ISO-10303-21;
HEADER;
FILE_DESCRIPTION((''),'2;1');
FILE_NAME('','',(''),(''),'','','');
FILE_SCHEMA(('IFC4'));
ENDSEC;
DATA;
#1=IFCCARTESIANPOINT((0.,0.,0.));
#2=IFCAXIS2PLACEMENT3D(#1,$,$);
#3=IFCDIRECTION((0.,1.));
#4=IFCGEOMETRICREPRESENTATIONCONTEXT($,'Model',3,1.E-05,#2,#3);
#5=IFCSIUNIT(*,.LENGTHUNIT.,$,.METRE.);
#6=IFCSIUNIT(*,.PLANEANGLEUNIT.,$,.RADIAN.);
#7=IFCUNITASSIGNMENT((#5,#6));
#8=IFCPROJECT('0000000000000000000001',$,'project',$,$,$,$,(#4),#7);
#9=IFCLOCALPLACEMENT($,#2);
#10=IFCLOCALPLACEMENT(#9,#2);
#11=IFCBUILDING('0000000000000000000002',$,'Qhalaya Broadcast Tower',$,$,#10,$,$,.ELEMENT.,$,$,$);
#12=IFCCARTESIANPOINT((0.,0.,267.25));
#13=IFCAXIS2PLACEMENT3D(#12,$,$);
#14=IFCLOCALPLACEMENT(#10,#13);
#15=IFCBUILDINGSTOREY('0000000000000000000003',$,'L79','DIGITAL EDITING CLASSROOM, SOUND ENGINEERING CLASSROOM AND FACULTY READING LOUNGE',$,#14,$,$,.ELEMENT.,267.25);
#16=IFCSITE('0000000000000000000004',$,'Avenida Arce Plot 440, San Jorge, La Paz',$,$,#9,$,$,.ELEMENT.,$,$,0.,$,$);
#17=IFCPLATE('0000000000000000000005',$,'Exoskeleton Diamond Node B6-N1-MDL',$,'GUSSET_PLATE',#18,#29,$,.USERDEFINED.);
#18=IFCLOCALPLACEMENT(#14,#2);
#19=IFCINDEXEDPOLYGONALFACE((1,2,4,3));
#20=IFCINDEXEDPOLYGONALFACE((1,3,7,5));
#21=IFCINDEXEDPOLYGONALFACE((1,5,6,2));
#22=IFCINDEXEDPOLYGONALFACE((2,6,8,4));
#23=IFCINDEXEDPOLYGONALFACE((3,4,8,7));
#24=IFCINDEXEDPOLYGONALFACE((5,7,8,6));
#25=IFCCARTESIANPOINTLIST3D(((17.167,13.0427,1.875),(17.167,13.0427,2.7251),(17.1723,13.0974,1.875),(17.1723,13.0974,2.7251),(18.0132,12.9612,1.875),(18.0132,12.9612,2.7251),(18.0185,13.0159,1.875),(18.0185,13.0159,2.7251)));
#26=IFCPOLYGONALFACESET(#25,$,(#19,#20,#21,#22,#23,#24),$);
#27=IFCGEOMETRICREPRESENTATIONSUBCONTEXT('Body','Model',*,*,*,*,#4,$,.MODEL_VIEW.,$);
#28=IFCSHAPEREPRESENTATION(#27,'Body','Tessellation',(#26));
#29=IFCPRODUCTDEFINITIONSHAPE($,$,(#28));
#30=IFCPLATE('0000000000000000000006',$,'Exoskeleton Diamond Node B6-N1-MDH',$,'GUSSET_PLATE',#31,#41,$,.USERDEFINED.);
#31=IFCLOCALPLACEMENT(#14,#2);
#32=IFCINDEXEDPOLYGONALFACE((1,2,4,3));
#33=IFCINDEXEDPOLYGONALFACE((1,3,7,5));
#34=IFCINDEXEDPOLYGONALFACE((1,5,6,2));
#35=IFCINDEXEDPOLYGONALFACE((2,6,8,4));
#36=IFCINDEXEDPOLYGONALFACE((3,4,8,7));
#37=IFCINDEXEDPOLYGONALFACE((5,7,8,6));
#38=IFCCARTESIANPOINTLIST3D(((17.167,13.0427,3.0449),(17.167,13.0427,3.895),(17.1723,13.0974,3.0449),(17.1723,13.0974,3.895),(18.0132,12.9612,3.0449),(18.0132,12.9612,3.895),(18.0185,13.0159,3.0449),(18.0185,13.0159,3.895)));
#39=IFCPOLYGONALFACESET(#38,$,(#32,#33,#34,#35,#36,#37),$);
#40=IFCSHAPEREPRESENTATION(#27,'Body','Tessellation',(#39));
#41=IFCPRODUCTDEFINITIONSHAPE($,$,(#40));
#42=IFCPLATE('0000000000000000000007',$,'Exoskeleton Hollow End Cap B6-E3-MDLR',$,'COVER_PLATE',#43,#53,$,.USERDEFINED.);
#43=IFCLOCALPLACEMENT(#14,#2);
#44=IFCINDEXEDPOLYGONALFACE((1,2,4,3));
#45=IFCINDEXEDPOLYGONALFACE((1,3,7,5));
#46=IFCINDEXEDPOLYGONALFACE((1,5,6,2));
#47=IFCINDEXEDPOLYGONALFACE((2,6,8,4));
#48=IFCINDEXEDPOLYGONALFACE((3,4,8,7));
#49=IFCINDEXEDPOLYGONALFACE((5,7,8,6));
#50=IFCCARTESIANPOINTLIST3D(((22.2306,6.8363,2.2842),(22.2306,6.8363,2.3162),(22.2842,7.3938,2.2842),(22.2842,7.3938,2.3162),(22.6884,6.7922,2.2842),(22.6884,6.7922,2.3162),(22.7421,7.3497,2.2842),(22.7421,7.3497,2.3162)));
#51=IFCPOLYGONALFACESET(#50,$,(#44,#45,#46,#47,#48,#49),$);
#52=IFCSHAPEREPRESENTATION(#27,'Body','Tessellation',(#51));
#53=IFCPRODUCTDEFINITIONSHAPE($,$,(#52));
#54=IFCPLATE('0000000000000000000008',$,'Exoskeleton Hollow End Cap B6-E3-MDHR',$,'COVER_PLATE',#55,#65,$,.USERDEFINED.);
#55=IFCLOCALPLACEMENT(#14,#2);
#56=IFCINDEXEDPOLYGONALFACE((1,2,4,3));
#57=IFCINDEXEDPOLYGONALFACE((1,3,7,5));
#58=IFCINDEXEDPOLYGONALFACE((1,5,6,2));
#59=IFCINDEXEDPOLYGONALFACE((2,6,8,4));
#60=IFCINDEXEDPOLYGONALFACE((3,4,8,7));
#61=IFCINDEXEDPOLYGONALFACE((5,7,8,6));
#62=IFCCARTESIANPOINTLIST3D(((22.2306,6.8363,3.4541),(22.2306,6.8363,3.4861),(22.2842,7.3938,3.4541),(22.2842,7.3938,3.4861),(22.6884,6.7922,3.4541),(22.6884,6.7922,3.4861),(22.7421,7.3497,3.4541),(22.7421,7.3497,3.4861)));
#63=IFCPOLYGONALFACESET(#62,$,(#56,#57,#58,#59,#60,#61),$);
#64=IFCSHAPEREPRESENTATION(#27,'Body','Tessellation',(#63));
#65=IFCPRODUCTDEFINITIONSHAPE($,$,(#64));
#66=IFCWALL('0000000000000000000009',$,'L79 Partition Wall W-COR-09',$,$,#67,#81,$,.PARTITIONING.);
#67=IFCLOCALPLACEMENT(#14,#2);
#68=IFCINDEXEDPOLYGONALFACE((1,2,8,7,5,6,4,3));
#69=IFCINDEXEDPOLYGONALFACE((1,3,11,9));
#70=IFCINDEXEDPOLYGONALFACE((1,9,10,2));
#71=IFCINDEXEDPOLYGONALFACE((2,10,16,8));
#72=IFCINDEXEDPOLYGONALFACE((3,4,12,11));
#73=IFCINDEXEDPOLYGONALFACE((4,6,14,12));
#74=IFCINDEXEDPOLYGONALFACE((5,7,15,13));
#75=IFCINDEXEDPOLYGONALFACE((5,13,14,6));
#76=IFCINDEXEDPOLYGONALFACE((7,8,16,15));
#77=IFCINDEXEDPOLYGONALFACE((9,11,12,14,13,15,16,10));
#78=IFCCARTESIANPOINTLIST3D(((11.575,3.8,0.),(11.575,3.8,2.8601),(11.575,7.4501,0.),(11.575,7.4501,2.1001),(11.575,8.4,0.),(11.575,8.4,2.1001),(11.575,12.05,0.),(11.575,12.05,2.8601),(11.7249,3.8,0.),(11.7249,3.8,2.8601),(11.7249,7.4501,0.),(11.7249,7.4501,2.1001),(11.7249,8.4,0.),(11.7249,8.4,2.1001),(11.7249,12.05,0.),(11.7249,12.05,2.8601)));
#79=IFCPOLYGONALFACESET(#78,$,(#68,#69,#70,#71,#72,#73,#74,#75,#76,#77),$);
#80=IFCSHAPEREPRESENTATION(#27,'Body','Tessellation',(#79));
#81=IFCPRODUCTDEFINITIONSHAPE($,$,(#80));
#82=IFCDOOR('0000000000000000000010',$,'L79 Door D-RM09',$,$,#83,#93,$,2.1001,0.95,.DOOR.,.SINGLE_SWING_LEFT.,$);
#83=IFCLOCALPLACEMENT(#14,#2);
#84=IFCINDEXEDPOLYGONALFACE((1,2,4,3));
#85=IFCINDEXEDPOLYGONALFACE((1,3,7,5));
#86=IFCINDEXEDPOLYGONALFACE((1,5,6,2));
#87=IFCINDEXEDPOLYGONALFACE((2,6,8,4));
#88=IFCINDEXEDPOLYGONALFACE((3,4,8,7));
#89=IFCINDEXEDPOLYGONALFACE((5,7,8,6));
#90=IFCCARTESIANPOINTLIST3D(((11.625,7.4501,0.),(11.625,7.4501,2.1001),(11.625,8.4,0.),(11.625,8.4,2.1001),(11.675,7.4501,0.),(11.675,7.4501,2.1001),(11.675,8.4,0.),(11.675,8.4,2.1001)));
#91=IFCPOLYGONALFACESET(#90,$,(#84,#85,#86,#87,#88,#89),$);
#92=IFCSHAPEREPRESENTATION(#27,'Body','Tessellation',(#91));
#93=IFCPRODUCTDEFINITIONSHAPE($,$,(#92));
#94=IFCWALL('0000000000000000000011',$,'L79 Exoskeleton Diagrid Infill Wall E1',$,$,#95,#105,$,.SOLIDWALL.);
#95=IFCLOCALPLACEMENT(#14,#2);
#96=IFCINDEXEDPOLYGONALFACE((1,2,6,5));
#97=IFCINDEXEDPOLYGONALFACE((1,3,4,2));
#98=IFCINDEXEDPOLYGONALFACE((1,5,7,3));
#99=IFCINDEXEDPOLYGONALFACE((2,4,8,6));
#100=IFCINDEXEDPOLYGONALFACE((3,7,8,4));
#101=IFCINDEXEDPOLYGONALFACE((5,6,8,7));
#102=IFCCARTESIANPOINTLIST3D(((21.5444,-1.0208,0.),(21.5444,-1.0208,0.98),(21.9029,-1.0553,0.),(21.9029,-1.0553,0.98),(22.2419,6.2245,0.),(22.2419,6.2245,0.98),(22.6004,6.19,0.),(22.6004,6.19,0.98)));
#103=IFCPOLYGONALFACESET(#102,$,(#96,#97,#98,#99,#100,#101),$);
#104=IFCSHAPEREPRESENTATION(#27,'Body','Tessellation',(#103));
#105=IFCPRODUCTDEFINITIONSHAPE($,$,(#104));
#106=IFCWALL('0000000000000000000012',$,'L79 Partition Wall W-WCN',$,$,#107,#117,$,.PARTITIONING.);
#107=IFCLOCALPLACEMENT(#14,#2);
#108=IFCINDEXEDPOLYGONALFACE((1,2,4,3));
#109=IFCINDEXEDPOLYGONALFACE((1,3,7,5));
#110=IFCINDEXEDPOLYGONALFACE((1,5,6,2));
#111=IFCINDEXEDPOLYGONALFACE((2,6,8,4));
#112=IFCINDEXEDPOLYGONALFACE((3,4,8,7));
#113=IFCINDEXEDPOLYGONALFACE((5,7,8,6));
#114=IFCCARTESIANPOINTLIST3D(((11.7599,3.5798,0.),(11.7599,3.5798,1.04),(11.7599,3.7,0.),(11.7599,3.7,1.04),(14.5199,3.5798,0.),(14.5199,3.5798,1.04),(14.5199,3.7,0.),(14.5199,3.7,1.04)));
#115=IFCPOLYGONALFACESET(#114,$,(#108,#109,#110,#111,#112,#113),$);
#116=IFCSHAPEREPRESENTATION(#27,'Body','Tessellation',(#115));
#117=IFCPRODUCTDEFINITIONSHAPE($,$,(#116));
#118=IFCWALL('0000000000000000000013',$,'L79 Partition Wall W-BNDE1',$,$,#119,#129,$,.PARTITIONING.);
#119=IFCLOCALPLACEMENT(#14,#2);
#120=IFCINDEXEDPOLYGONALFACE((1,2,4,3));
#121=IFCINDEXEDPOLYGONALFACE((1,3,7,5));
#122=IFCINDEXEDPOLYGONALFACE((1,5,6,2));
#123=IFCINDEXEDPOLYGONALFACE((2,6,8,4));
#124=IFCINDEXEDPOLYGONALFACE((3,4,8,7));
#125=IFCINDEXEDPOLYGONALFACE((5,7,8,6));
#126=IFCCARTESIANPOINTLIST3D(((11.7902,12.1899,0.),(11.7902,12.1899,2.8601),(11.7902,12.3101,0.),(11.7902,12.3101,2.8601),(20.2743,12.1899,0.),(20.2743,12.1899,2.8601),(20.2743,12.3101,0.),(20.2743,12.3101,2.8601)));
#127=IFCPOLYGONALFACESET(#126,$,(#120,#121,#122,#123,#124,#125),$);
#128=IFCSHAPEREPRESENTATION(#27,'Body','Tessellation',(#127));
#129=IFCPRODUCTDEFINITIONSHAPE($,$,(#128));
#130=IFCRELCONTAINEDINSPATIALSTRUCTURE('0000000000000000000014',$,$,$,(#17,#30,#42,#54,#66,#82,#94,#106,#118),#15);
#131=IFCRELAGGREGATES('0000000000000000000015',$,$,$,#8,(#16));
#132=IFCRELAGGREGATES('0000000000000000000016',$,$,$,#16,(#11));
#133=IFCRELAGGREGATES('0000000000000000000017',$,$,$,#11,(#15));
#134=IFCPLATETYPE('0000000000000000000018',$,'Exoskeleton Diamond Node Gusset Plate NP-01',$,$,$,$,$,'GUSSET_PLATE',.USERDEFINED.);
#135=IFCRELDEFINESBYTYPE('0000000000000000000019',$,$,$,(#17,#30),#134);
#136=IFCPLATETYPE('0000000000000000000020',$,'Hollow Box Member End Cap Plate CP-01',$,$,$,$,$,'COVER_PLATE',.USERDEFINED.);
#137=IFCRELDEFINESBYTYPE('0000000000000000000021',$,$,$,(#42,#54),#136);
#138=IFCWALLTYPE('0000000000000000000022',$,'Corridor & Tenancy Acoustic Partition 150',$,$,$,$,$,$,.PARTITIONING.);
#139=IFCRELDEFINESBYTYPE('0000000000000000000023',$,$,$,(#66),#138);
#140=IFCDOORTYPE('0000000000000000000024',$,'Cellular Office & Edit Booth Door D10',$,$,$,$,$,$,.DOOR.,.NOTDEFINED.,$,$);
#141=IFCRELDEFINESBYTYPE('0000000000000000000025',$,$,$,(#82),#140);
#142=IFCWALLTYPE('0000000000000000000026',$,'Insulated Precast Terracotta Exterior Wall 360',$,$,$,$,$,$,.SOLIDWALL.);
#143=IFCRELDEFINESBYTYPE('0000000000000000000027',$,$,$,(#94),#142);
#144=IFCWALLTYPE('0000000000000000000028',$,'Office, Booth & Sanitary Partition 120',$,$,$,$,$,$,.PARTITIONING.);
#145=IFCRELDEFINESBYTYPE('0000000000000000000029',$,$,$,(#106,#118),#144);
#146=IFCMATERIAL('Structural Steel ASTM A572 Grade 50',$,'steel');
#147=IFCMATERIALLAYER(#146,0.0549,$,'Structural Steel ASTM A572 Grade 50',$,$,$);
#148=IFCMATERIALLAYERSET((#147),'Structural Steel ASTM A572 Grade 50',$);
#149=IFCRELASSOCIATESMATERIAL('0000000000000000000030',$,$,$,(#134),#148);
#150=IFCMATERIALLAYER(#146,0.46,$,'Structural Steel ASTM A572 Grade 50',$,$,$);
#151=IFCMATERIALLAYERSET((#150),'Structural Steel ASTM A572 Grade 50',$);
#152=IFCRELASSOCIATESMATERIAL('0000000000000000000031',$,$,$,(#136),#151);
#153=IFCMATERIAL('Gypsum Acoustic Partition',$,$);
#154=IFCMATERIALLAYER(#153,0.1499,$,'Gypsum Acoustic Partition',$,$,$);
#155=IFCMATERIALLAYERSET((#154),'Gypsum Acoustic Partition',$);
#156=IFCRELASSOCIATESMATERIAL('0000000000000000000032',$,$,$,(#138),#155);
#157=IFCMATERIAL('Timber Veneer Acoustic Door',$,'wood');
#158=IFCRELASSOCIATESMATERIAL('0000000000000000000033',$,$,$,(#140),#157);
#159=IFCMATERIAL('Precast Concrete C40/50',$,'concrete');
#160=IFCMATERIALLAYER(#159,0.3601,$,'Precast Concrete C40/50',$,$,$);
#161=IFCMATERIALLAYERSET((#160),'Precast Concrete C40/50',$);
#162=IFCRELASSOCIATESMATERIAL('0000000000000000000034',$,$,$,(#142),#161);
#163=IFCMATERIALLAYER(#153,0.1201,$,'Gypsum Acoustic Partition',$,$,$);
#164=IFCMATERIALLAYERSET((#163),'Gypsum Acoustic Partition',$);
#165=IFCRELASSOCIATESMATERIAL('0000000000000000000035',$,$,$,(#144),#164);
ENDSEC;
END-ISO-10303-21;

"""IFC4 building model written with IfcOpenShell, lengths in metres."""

from ifc_helpers import new_model, si_unit, direction, frame, frame_2d, origin, origin_2d, place, context, subcontext, project, spatial, rectangle, extrude, material, layer, layer_set, type_object, element, fill, save


model = new_model("IFC4")

# Units and contexts
model_context = context("Model", 3, precision=1e-05, world=origin(), true_north=direction((0.0, 1.0)))
body_context = subcontext(model_context, "Body", "Model", "MODEL_VIEW")
ifc_project = project(units=[si_unit("LENGTHUNIT", "METRE"), si_unit("PLANEANGLEUNIT", "RADIAN")], contexts=[model_context])

# Site, building, storey
site_placement = place(None, origin())
site = spatial("IfcSite", under=ifc_project, at=site_placement, Name="Avenida Arce Plot 440, San Jorge, La Paz", CompositionType="ELEMENT", RefElevation=0.0)
building_placement = place(site_placement, origin())
building = spatial("IfcBuilding", under=site, at=building_placement, Name="Qhalaya Broadcast Tower", CompositionType="ELEMENT")
storey_placement = place(building_placement, frame((0.0, 0.0, 267.25)))
storey = spatial("IfcBuildingStorey", under=building, at=storey_placement, Name="L79", Description="DIGITAL EDITING CLASSROOM, SOUND ENGINEERING CLASSROOM AND FACULTY READING LOUNGE", CompositionType="ELEMENT", Elevation=267.25)

# Shared definitions
ifc_material_1 = material(Name="Structural Steel ASTM A572 Grade 50", Category="steel")

# Plates
ifc_layer_1 = layer(ifc_material_1, 0.0549, Name="Structural Steel ASTM A572 Grade 50")
ifc_layer_set_1 = layer_set([ifc_layer_1], Name="Structural Steel ASTM A572 Grade 50")
plate_type_1 = type_object("IfcPlateType", Name="Exoskeleton Diamond Node Gusset Plate NP-01", ElementType="GUSSET_PLATE", PredefinedType="USERDEFINED", material=ifc_layer_set_1)
for number, where, z_axis, x_axis, name in (
    (1, (17.5928, 13.0293, 1.875), (0.0, 0.0, 1.0), (0.995396, -0.095846, 0.0), "Exoskeleton Diamond Node B6-N1-MDL"),
    (2, (17.5928, 13.0293, 3.0449), (0.0, 0.0, 1.0), (0.995396, -0.095846, 0.0), "Exoskeleton Diamond Node B6-N1-MDH"),
):
    element("IfcPlate", number, at=place(storey_placement, frame(where, z_axis=z_axis, x_axis=x_axis)), inside=storey, type_object=plate_type_1, Name=name, ObjectType="GUSSET_PLATE", PredefinedType="USERDEFINED", context=body_context, shape_type="SweptSolid", body=[
        extrude(rectangle(XDim=0.8501, YDim=0.0549, at=origin_2d()), origin(), (0.0, 0.0, 1.0), 0.8501),
    ])
ifc_layer_2 = layer(ifc_material_1, 0.46, Name="Structural Steel ASTM A572 Grade 50")
ifc_layer_set_2 = layer_set([ifc_layer_2], Name="Structural Steel ASTM A572 Grade 50")
plate_type_2 = type_object("IfcPlateType", Name="Hollow Box Member End Cap Plate CP-01", ElementType="COVER_PLATE", PredefinedType="USERDEFINED", material=ifc_layer_set_2)
for number, where, z_axis, x_axis, name in (
    (3, (22.4863, 7.093, 2.2842), (0.0, 0.0, 1.0), (0.095846, 0.995396, 0.0), "Exoskeleton Hollow End Cap B6-E3-MDLR"),
    (4, (22.4863, 7.093, 3.4541), (0.0, 0.0, 1.0), (0.095846, 0.995396, 0.0), "Exoskeleton Hollow End Cap B6-E3-MDHR"),
):
    element("IfcPlate", number, at=place(storey_placement, frame(where, z_axis=z_axis, x_axis=x_axis)), inside=storey, type_object=plate_type_2, Name=name, ObjectType="COVER_PLATE", PredefinedType="USERDEFINED", context=body_context, shape_type="SweptSolid", body=[
        extrude(rectangle(XDim=0.5601, YDim=0.46, at=origin_2d()), origin(), (0.0, 0.0, 1.0), 0.032),
    ])

# Wall, opening, door
ifc_material_2 = material(Name="Gypsum Acoustic Partition")
ifc_layer_3 = layer(ifc_material_2, 0.1499, Name="Gypsum Acoustic Partition")
ifc_layer_set_3 = layer_set([ifc_layer_3], Name="Gypsum Acoustic Partition")
wall_type_1 = type_object("IfcWallType", Name="Corridor & Tenancy Acoustic Partition 150", PredefinedType="PARTITIONING", material=ifc_layer_set_3)
wall_1_placement = place(storey_placement, frame((11.6499, 3.8, 0.0), z_axis=(0.0, 0.0, 1.0), x_axis=(0.0, 1.0, 0.0)))
wall_1 = element("IfcWall", 5, at=wall_1_placement, inside=storey, type_object=wall_type_1, Name="L79 Partition Wall W-COR-09", PredefinedType="PARTITIONING", context=body_context, shape_type="SweptSolid", body=[
    extrude(rectangle(XDim=8.25, YDim=0.1499, at=frame_2d((4.125, 0.0))), origin(), (0.0, 0.0, 1.0), 2.8601),
])
opening_placement = place(wall_1_placement, frame((3.6499, 0.0, 0.0)))
opening = element("IfcOpeningElement", 6, at=opening_placement, cuts=wall_1, PredefinedType="OPENING", context=body_context, shape_type="SweptSolid", body=[
    extrude(rectangle(XDim=0.95, YDim=2.1001, at=frame_2d((0.4751, 1.05))), frame((0.0, 0.0869, 0.0), z_axis=(0.0, -1.0, 0.0), x_axis=(1.0, 0.0, 0.0)), (0.0, 0.0, 1.0), 0.1738),
])
ifc_material_3 = material(Name="Timber Veneer Acoustic Door", Category="wood")
door_type = type_object("IfcDoorType", Name="Cellular Office & Edit Booth Door D10", OperationType="NOTDEFINED", PredefinedType="DOOR", material=ifc_material_3)
door_placement = place(opening_placement, origin())
door = element("IfcDoor", 7, at=door_placement, inside=storey, type_object=door_type, Name="L79 Door D-RM09", OperationType="SINGLE_SWING_LEFT", OverallHeight=2.1001, OverallWidth=0.95, PredefinedType="DOOR", context=body_context, shape_type="SweptSolid", body=[
    extrude(rectangle(XDim=0.95, YDim=2.1001, at=frame_2d((0.4751, 1.05))), frame((0.0, 0.0249, 0.0), z_axis=(0.0, -1.0, 0.0), x_axis=(1.0, 0.0, 0.0)), (0.0, 0.0, 1.0), 0.05),
])
fill(opening, door)

# Walls
ifc_material_4 = material(Name="Precast Concrete C40/50", Category="concrete")
ifc_layer_4 = layer(ifc_material_4, 0.3601, Name="Precast Concrete C40/50")
ifc_layer_set_4 = layer_set([ifc_layer_4], Name="Precast Concrete C40/50")
wall_type_2 = type_object("IfcWallType", Name="Insulated Precast Terracotta Exterior Wall 360", PredefinedType="SOLIDWALL", material=ifc_layer_set_4)
wall_2_placement = place(storey_placement, frame((22.4211, 6.2073, 0.0), z_axis=(0.0, 0.0, 1.0), x_axis=(-0.095827, -0.995398, 0.0)))
element("IfcWall", 8, at=wall_2_placement, inside=storey, type_object=wall_type_2, Name="L79 Exoskeleton Diagrid Infill Wall E1", PredefinedType="SOLIDWALL", context=body_context, shape_type="SweptSolid", body=[
    extrude(rectangle(XDim=7.2788, YDim=0.3601, at=frame_2d((3.6394, 0.0))), origin(), (0.0, 0.0, 1.0), 0.98),
])
ifc_layer_5 = layer(ifc_material_2, 0.1201, Name="Gypsum Acoustic Partition")
ifc_layer_set_5 = layer_set([ifc_layer_5], Name="Gypsum Acoustic Partition")
wall_type_3 = type_object("IfcWallType", Name="Office, Booth & Sanitary Partition 120", PredefinedType="PARTITIONING", material=ifc_layer_set_5)
wall_3_placement = place(storey_placement, frame((11.76, 3.6399, 0.0), z_axis=(0.0, 0.0, 1.0), x_axis=(1.0, 0.0, 0.0)))
element("IfcWall", 9, at=wall_3_placement, inside=storey, type_object=wall_type_3, Name="L79 Partition Wall W-WCN", PredefinedType="PARTITIONING", context=body_context, shape_type="SweptSolid", body=[
    extrude(rectangle(XDim=2.76, YDim=0.1201, at=frame_2d((1.3799, 0.0))), origin(), (0.0, 0.0, 1.0), 1.04),
])
wall_4_placement = place(storey_placement, frame((11.79, 12.25, 0.0), z_axis=(0.0, 0.0, 1.0), x_axis=(1.0, 0.0, 0.0)))
element("IfcWall", 10, at=wall_4_placement, inside=storey, type_object=wall_type_3, Name="L79 Partition Wall W-BNDE1", PredefinedType="PARTITIONING", context=body_context, shape_type="SweptSolid", body=[
    extrude(rectangle(XDim=8.4841, YDim=0.1201, at=frame_2d((4.2422, 0.0))), origin(), (0.0, 0.0, 1.0), 2.8601),
])

save(model, "model.ifc")
